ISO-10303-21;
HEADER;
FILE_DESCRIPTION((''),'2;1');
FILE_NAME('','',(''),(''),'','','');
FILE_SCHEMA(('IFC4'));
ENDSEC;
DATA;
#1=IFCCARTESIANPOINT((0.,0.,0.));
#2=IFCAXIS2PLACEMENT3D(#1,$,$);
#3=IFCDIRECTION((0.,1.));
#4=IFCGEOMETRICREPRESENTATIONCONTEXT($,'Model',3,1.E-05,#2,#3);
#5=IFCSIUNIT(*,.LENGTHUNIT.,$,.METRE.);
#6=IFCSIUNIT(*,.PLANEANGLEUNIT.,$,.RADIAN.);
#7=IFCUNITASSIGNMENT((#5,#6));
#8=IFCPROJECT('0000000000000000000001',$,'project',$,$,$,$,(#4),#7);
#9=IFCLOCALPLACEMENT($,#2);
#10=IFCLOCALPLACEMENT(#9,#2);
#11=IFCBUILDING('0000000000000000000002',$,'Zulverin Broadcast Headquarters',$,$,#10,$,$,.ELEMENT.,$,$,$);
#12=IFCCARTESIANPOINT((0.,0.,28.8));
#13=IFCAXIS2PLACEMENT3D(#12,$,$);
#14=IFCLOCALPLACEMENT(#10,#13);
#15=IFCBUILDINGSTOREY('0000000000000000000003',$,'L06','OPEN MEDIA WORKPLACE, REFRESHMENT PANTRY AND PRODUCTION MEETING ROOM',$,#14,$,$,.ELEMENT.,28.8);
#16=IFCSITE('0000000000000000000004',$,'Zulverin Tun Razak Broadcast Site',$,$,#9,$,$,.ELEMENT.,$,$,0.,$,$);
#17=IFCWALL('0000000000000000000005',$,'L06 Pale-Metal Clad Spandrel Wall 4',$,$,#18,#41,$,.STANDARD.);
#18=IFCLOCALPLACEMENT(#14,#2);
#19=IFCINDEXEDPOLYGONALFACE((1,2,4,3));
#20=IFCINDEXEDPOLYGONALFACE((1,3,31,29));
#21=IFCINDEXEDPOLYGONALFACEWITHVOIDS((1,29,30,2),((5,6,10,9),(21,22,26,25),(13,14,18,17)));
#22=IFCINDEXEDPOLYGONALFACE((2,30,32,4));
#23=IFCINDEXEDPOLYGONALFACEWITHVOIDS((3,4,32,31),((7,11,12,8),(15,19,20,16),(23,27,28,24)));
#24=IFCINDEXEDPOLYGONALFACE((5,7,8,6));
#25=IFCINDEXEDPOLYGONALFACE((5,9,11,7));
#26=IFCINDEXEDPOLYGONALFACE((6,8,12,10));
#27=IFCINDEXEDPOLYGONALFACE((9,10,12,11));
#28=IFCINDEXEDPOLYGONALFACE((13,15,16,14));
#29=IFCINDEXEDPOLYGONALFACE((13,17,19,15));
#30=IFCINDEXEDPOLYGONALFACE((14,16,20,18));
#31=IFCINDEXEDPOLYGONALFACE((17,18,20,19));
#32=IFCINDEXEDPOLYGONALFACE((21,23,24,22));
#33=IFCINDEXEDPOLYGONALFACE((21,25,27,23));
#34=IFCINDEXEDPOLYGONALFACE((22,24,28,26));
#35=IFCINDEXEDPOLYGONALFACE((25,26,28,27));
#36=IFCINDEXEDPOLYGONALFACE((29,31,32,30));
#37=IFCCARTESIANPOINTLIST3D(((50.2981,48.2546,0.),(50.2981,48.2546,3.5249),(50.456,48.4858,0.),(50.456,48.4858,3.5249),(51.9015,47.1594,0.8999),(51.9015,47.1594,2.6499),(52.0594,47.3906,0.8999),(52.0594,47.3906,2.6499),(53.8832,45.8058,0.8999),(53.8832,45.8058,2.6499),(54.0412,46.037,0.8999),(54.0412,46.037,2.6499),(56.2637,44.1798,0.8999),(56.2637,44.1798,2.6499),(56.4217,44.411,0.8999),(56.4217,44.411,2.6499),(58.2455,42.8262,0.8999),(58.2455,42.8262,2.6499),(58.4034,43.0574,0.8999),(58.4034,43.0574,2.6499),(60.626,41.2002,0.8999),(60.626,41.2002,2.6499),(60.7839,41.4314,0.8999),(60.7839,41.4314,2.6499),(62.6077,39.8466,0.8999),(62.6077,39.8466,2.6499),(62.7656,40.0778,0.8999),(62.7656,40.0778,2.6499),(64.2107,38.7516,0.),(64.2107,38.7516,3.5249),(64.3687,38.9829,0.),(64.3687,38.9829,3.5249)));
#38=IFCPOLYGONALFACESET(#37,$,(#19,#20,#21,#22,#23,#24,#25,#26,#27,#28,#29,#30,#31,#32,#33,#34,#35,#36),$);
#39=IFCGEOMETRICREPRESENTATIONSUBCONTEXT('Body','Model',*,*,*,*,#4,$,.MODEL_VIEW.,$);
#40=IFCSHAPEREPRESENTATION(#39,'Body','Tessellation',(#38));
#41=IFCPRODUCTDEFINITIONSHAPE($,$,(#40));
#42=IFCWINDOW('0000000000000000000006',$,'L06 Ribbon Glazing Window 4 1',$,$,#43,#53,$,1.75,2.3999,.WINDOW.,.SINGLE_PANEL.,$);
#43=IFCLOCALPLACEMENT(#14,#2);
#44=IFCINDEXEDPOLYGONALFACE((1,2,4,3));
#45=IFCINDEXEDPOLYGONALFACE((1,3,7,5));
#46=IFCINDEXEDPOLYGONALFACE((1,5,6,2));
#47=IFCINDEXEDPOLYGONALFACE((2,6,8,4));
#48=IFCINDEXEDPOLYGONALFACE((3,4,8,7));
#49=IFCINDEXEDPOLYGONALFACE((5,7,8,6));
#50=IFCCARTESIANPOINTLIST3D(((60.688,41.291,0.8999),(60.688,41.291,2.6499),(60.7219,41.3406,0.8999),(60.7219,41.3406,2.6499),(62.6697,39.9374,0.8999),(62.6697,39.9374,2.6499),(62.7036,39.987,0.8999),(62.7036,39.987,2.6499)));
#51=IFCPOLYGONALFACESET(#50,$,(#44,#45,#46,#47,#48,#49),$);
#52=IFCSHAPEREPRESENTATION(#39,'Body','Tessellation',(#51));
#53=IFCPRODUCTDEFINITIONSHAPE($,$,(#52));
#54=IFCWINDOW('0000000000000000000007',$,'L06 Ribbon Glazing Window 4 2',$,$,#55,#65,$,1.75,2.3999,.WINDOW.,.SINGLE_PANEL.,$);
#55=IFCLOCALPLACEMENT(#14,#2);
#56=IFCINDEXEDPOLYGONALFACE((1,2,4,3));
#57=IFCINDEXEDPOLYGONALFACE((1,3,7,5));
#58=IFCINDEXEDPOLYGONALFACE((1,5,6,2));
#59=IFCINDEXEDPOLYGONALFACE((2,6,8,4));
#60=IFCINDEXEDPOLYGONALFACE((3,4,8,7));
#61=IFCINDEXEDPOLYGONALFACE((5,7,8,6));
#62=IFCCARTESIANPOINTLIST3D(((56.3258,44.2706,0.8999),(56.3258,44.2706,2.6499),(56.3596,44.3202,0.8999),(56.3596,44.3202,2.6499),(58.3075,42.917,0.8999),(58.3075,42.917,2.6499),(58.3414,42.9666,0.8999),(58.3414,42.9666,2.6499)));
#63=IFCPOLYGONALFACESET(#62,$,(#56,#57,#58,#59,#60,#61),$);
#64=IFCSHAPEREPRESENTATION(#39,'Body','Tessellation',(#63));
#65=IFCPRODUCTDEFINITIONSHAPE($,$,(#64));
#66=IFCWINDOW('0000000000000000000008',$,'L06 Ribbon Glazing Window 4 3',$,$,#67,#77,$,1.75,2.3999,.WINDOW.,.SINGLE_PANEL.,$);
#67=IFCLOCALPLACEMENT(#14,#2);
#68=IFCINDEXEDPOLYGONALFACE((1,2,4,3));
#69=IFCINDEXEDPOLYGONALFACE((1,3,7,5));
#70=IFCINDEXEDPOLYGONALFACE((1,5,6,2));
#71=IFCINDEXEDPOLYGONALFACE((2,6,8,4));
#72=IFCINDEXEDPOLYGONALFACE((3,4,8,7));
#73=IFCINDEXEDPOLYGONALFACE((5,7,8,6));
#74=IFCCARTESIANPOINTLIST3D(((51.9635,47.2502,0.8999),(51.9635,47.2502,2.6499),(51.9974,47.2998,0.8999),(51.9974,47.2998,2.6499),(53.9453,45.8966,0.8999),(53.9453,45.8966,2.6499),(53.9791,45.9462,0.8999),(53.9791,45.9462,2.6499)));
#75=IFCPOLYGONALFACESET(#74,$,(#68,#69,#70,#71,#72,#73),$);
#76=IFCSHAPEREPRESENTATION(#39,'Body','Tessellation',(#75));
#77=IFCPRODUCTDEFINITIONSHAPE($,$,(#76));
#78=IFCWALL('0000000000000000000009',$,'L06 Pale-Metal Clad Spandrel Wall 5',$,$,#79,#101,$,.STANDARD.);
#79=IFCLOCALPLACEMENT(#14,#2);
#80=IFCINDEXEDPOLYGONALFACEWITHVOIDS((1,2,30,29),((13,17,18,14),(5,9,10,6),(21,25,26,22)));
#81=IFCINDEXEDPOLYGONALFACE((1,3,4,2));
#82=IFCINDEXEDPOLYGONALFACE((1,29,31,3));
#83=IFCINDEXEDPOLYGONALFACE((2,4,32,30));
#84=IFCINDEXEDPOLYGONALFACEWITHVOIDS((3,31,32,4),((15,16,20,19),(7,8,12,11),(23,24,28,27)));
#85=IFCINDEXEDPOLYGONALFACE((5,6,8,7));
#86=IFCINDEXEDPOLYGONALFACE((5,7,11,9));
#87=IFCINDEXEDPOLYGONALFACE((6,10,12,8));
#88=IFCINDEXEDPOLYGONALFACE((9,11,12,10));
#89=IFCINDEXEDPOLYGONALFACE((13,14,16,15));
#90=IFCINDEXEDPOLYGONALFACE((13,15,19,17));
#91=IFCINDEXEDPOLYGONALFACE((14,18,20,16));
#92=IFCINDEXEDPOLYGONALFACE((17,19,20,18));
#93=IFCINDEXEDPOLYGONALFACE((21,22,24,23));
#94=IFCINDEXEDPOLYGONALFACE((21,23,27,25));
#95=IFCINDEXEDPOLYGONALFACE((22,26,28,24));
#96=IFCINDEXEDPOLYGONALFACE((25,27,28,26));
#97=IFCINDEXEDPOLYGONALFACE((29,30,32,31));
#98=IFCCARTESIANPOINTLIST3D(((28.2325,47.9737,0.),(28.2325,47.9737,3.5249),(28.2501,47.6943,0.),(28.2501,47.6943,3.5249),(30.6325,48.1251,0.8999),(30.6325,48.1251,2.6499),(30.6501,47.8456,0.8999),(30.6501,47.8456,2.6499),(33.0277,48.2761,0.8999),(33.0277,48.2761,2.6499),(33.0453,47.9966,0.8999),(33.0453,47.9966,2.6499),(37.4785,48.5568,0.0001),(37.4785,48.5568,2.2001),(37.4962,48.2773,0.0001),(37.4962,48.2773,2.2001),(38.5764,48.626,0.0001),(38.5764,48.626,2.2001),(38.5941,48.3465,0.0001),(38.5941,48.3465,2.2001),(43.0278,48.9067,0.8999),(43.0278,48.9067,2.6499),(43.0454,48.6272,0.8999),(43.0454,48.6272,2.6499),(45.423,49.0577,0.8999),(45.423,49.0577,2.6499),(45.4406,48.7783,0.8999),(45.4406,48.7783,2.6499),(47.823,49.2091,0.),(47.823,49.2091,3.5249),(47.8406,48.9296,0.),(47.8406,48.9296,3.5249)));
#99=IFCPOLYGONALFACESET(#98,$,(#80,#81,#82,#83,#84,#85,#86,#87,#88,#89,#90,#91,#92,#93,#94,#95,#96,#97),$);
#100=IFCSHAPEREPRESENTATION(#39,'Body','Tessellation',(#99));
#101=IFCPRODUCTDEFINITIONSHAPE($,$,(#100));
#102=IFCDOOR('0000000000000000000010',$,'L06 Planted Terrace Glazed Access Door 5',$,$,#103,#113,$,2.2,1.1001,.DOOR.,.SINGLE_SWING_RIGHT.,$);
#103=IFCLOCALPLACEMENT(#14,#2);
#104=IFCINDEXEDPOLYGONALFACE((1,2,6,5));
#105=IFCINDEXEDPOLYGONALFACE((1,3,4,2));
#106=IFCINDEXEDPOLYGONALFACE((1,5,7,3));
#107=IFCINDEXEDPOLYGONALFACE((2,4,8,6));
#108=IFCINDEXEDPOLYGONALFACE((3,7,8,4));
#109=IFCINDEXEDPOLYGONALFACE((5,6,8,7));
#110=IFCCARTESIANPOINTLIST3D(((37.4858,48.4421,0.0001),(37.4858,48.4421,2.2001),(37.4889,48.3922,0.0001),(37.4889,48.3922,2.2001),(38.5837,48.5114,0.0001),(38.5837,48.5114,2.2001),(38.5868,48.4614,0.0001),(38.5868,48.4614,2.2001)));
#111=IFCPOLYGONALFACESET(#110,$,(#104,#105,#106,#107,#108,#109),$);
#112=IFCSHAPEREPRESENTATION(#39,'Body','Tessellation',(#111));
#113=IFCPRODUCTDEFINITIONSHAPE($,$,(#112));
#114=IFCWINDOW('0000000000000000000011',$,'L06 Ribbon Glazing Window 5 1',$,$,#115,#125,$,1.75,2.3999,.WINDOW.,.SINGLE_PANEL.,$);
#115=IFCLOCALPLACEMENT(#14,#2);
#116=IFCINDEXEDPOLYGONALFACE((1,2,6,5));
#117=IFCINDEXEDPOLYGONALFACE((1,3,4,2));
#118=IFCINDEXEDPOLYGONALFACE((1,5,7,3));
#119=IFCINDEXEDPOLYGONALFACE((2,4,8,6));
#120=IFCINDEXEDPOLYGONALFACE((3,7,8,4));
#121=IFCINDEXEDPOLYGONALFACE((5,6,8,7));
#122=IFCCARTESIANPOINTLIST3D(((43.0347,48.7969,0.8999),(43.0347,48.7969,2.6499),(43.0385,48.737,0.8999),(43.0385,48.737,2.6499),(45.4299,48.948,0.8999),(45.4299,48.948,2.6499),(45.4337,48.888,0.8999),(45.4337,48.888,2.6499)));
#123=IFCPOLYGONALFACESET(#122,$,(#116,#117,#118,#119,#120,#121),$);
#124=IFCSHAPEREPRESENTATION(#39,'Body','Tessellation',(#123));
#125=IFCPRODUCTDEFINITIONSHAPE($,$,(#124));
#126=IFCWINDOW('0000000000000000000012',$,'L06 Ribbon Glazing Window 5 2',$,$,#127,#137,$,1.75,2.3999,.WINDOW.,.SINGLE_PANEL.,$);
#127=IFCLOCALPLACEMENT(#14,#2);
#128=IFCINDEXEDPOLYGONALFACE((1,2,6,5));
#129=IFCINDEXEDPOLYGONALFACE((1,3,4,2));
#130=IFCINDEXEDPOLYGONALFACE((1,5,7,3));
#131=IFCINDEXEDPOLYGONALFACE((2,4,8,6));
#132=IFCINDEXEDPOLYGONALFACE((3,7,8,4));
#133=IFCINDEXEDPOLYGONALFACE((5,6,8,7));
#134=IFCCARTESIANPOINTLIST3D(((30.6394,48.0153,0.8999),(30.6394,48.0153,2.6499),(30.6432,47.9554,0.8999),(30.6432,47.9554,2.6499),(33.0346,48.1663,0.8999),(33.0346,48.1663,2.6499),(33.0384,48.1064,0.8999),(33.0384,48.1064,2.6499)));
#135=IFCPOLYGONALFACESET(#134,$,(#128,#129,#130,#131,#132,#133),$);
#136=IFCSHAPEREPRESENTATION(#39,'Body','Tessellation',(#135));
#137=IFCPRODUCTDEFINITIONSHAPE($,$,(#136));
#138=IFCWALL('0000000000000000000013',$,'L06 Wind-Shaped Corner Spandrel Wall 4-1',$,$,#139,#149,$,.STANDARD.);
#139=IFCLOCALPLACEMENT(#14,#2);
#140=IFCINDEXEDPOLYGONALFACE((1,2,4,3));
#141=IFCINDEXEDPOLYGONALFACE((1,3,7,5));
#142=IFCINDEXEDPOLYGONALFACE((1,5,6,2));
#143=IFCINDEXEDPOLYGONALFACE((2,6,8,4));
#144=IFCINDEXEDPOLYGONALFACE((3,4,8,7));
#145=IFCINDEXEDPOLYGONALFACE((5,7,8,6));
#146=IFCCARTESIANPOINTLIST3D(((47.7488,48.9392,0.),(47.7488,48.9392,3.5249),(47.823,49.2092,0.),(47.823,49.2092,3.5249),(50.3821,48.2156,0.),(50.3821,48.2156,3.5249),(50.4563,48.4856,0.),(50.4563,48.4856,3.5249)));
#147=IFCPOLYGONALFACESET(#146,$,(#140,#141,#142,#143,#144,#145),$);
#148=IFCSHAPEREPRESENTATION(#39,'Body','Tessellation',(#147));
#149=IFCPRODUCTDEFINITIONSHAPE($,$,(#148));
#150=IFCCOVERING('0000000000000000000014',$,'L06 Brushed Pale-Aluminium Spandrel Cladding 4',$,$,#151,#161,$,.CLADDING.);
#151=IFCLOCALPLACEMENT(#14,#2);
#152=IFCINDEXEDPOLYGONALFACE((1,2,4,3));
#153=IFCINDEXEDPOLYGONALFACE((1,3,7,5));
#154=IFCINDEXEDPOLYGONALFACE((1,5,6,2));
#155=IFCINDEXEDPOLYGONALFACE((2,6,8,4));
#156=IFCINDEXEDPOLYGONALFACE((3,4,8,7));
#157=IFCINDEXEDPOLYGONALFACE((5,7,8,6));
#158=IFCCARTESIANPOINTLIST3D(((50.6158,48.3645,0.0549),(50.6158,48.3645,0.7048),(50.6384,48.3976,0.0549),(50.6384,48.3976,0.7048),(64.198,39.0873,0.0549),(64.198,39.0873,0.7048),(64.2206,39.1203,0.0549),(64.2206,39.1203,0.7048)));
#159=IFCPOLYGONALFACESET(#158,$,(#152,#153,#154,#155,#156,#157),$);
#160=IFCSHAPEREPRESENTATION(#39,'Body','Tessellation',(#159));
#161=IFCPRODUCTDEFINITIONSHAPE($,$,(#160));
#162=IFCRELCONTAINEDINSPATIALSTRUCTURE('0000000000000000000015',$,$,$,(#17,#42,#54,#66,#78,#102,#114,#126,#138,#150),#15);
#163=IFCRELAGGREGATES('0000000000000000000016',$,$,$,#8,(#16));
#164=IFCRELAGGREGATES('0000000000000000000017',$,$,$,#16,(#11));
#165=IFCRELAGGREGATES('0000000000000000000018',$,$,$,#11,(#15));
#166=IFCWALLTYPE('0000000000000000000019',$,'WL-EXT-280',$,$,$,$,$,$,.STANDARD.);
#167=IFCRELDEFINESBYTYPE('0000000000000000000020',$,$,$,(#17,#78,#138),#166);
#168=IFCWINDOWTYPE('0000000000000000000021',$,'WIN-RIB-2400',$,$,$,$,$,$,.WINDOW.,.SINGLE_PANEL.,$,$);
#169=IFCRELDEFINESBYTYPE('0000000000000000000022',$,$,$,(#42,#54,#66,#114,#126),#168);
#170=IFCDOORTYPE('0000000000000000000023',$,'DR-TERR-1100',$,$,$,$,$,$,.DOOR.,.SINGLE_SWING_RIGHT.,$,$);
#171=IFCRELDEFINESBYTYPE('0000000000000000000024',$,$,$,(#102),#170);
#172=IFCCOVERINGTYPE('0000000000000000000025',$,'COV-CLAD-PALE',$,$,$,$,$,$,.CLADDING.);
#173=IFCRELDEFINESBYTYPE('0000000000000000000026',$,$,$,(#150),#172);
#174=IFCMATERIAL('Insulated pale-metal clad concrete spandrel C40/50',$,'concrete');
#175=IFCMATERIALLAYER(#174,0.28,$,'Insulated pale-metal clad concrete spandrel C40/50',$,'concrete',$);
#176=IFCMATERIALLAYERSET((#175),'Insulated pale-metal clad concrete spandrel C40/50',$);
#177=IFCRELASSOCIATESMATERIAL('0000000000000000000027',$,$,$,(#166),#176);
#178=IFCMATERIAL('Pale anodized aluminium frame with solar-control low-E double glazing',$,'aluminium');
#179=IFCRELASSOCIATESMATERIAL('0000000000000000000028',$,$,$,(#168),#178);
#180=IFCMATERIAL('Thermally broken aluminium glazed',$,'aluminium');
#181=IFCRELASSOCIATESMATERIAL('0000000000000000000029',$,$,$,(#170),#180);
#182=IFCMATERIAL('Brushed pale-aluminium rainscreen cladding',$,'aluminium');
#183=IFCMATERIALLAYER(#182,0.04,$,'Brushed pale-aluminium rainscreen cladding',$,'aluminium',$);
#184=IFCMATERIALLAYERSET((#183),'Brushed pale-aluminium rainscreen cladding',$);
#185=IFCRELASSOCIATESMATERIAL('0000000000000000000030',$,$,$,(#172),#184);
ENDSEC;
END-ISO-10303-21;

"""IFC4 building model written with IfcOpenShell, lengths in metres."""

from ifc_helpers import new_model, si_unit, direction, frame, frame_2d, origin, origin_2d, place, context, subcontext, project, spatial, rectangle, extrude, material, layer, layer_set, type_object, element, fill, save


model = new_model("IFC4")

# Units and contexts
model_context = context("Model", 3, precision=1e-05, world=origin(), true_north=direction((0.0, 1.0)))
body_context = subcontext(model_context, "Body", "Model", "MODEL_VIEW")
ifc_project = project(units=[si_unit("LENGTHUNIT", "METRE"), si_unit("PLANEANGLEUNIT", "RADIAN")], contexts=[model_context])

# Site, building, storey
site_placement = place(None, origin())
site = spatial("IfcSite", under=ifc_project, at=site_placement, Name="Zulverin Tun Razak Broadcast Site", CompositionType="ELEMENT", RefElevation=0.0)
building_placement = place(site_placement, origin())
building = spatial("IfcBuilding", under=site, at=building_placement, Name="Zulverin Broadcast Headquarters", CompositionType="ELEMENT")
storey_placement = place(building_placement, frame((0.0, 0.0, 28.8)))
storey = spatial("IfcBuildingStorey", under=building, at=storey_placement, Name="L06", Description="OPEN MEDIA WORKPLACE, REFRESHMENT PANTRY AND PRODUCTION MEETING ROOM", CompositionType="ELEMENT", Elevation=28.8)

# Wall, openings, windows
ifc_material_1 = material(Name="Insulated pale-metal clad concrete spandrel C40/50", Category="concrete")
ifc_layer_1 = layer(ifc_material_1, 0.28, Name="Insulated pale-metal clad concrete spandrel C40/50", Category="concrete")
ifc_layer_set_1 = layer_set([ifc_layer_1], Name="Insulated pale-metal clad concrete spandrel C40/50")
wall_type = type_object("IfcWallType", Name="WL-EXT-280", PredefinedType="STANDARD", material=ifc_layer_set_1)
wall_1_placement = place(storey_placement, frame((64.2898, 38.8672, 0.0), z_axis=(0.0, 0.0, 1.0), x_axis=(-0.825756, 0.564028, 0.0)))
wall_1 = element("IfcWall", 1, at=wall_1_placement, inside=storey, type_object=wall_type, Name="L06 Pale-Metal Clad Spandrel Wall 4", PredefinedType="STANDARD", context=body_context, shape_type="SweptSolid", body=[
    extrude(rectangle(XDim=16.8484, YDim=0.28, at=frame_2d((8.4243, 0.0))), origin(), (0.0, 0.0, 1.0), 3.5249),
])
opening_1_placement = place(wall_1_placement, frame((1.9414, 0.0, 0.8999)))
opening_1 = element("IfcOpeningElement", 2, at=opening_1_placement, cuts=wall_1, PredefinedType="OPENING", context=body_context, shape_type="SweptSolid", body=[
    extrude(rectangle(XDim=2.3999, YDim=1.75, at=frame_2d((1.2, 0.875))), frame((0.0, 0.1499, 0.0), z_axis=(0.0, -1.0, 0.0), x_axis=(1.0, 0.0, 0.0)), (0.0, 0.0, 1.0), 0.3),
])
opening_2_placement = place(wall_1_placement, frame((7.2241, 0.0, 0.8999)))
opening_2 = element("IfcOpeningElement", 3, at=opening_2_placement, cuts=wall_1, PredefinedType="OPENING", context=body_context, shape_type="SweptSolid", body=[
    extrude(rectangle(XDim=2.3999, YDim=1.75, at=frame_2d((1.2, 0.875))), frame((0.0, 0.1499, 0.0), z_axis=(0.0, -1.0, 0.0), x_axis=(1.0, 0.0, 0.0)), (0.0, 0.0, 1.0), 0.3),
])
opening_3_placement = place(wall_1_placement, frame((12.5068, 0.0, 0.8999)))
opening_3 = element("IfcOpeningElement", 4, at=opening_3_placement, cuts=wall_1, PredefinedType="OPENING", context=body_context, shape_type="SweptSolid", body=[
    extrude(rectangle(XDim=2.3999, YDim=1.75, at=frame_2d((1.2, 0.875))), frame((0.0, 0.1499, 0.0), z_axis=(0.0, -1.0, 0.0), x_axis=(1.0, 0.0, 0.0)), (0.0, 0.0, 1.0), 0.3),
])
ifc_material_2 = material(Name="Pale anodized aluminium frame with solar-control low-E double glazing", Category="aluminium")
window_type = type_object("IfcWindowType", Name="WIN-RIB-2400", PartitioningType="SINGLE_PANEL", PredefinedType="WINDOW", material=ifc_material_2)
window_1_placement = place(opening_1_placement, origin())
window_1 = element("IfcWindow", 5, at=window_1_placement, inside=storey, type_object=window_type, Name="L06 Ribbon Glazing Window 4 1", OverallHeight=1.75, OverallWidth=2.3999, PartitioningType="SINGLE_PANEL", PredefinedType="WINDOW", context=body_context, shape_type="SweptSolid", body=[
    extrude(rectangle(XDim=2.3999, YDim=1.75, at=frame_2d((1.2, 0.875))), frame((0.0, 0.03, 0.0), z_axis=(0.0, -1.0, 0.0), x_axis=(1.0, 0.0, 0.0)), (0.0, 0.0, 1.0), 0.0601),
])
fill(opening_1, window_1)
window_2_placement = place(opening_2_placement, origin())
window_2 = element("IfcWindow", 6, at=window_2_placement, inside=storey, type_object=window_type, Name="L06 Ribbon Glazing Window 4 2", OverallHeight=1.75, OverallWidth=2.3999, PartitioningType="SINGLE_PANEL", PredefinedType="WINDOW", context=body_context, shape_type="SweptSolid", body=[
    extrude(rectangle(XDim=2.3999, YDim=1.75, at=frame_2d((1.2, 0.875))), frame((0.0, 0.03, 0.0), z_axis=(0.0, -1.0, 0.0), x_axis=(1.0, 0.0, 0.0)), (0.0, 0.0, 1.0), 0.0601),
])
fill(opening_2, window_2)
window_3_placement = place(opening_3_placement, origin())
window_3 = element("IfcWindow", 7, at=window_3_placement, inside=storey, type_object=window_type, Name="L06 Ribbon Glazing Window 4 3", OverallHeight=1.75, OverallWidth=2.3999, PartitioningType="SINGLE_PANEL", PredefinedType="WINDOW", context=body_context, shape_type="SweptSolid", body=[
    extrude(rectangle(XDim=2.3999, YDim=1.75, at=frame_2d((1.2, 0.875))), frame((0.0, 0.03, 0.0), z_axis=(0.0, -1.0, 0.0), x_axis=(1.0, 0.0, 0.0)), (0.0, 0.0, 1.0), 0.0601),
])
fill(opening_3, window_3)

# Wall, openings, door, windows
wall_2_placement = place(storey_placement, frame((47.8318, 49.0693, 0.0), z_axis=(0.0, 0.0, 1.0), x_axis=(-0.998018, -0.062933, 0.0)))
wall_2 = element("IfcWall", 8, at=wall_2_placement, inside=storey, type_object=wall_type, Name="L06 Pale-Metal Clad Spandrel Wall 5", PredefinedType="STANDARD", context=body_context, shape_type="SweptSolid", body=[
    extrude(rectangle(XDim=19.6294, YDim=0.28, at=frame_2d((9.8147, 0.0))), origin(), (0.0, 0.0, 1.0), 3.5249),
])
opening_4_placement = place(wall_2_placement, frame((9.2649, 0.0, 0.0)))
opening_4 = element("IfcOpeningElement", 9, at=opening_4_placement, cuts=wall_2, PredefinedType="OPENING", context=body_context, shape_type="SweptSolid", body=[
    extrude(rectangle(XDim=1.1001, YDim=2.2, at=frame_2d((0.55, 1.1001))), frame((0.0, 0.1499, 0.0), z_axis=(0.0, -1.0, 0.0), x_axis=(1.0, 0.0, 0.0)), (0.0, 0.0, 1.0), 0.3),
])
opening_5_placement = place(wall_2_placement, frame((2.4048, 0.0, 0.8999)))
opening_5 = element("IfcOpeningElement", 10, at=opening_5_placement, cuts=wall_2, PredefinedType="OPENING", context=body_context, shape_type="SweptSolid", body=[
    extrude(rectangle(XDim=2.3999, YDim=1.75, at=frame_2d((1.2, 0.875))), frame((0.0, 0.1499, 0.0), z_axis=(0.0, -1.0, 0.0), x_axis=(1.0, 0.0, 0.0)), (0.0, 0.0, 1.0), 0.3),
])
opening_6_placement = place(wall_2_placement, frame((14.8247, 0.0, 0.8999)))
opening_6 = element("IfcOpeningElement", 11, at=opening_6_placement, cuts=wall_2, PredefinedType="OPENING", context=body_context, shape_type="SweptSolid", body=[
    extrude(rectangle(XDim=2.3999, YDim=1.75, at=frame_2d((1.2, 0.875))), frame((0.0, 0.1499, 0.0), z_axis=(0.0, -1.0, 0.0), x_axis=(1.0, 0.0, 0.0)), (0.0, 0.0, 1.0), 0.3),
])
ifc_material_3 = material(Name="Thermally broken aluminium glazed", Category="aluminium")
door_type = type_object("IfcDoorType", Name="DR-TERR-1100", OperationType="SINGLE_SWING_RIGHT", PredefinedType="DOOR", material=ifc_material_3)
door_placement = place(opening_4_placement, origin())
door = element("IfcDoor", 12, at=door_placement, inside=storey, type_object=door_type, Name="L06 Planted Terrace Glazed Access Door 5", OperationType="SINGLE_SWING_RIGHT", OverallHeight=2.2, OverallWidth=1.1001, PredefinedType="DOOR", context=body_context, shape_type="SweptSolid", body=[
    extrude(rectangle(XDim=1.1001, YDim=2.2, at=frame_2d((0.55, 1.1001))), frame((0.0, 0.0249, 0.0), z_axis=(0.0, -1.0, 0.0), x_axis=(1.0, 0.0, 0.0)), (0.0, 0.0, 1.0), 0.05),
])
fill(opening_4, door)
window_4_placement = place(opening_5_placement, origin())
window_4 = element("IfcWindow", 13, at=window_4_placement, inside=storey, type_object=window_type, Name="L06 Ribbon Glazing Window 5 1", OverallHeight=1.75, OverallWidth=2.3999, PartitioningType="SINGLE_PANEL", PredefinedType="WINDOW", context=body_context, shape_type="SweptSolid", body=[
    extrude(rectangle(XDim=2.3999, YDim=1.75, at=frame_2d((1.2, 0.875))), frame((0.0, 0.03, 0.0), z_axis=(0.0, -1.0, 0.0), x_axis=(1.0, 0.0, 0.0)), (0.0, 0.0, 1.0), 0.0601),
])
fill(opening_5, window_4)
window_5_placement = place(opening_6_placement, origin())
window_5 = element("IfcWindow", 14, at=window_5_placement, inside=storey, type_object=window_type, Name="L06 Ribbon Glazing Window 5 2", OverallHeight=1.75, OverallWidth=2.3999, PartitioningType="SINGLE_PANEL", PredefinedType="WINDOW", context=body_context, shape_type="SweptSolid", body=[
    extrude(rectangle(XDim=2.3999, YDim=1.75, at=frame_2d((1.2, 0.875))), frame((0.0, 0.03, 0.0), z_axis=(0.0, -1.0, 0.0), x_axis=(1.0, 0.0, 0.0)), (0.0, 0.0, 1.0), 0.0601),
])
fill(opening_6, window_5)

# Wall
wall_3_placement = place(storey_placement, frame((50.4192, 48.3506, 0.0), z_axis=(0.0, 0.0, 1.0), x_axis=(-0.964255, 0.264978, 0.0)))
element("IfcWall", 15, at=wall_3_placement, inside=storey, type_object=wall_type, Name="L06 Wind-Shaped Corner Spandrel Wall 4-1", PredefinedType="STANDARD", context=body_context, shape_type="SweptSolid", body=[
    extrude(rectangle(XDim=2.731, YDim=0.28, at=frame_2d((1.3655, 0.0))), origin(), (0.0, 0.0, 1.0), 3.5249),
])

# Covering
ifc_material_4 = material(Name="Brushed pale-aluminium rainscreen cladding", Category="aluminium")
ifc_layer_2 = layer(ifc_material_4, 0.04, Name="Brushed pale-aluminium rainscreen cladding", Category="aluminium")
ifc_layer_set_2 = layer_set([ifc_layer_2], Name="Brushed pale-aluminium rainscreen cladding")
covering_type = type_object("IfcCoveringType", Name="COV-CLAD-PALE", PredefinedType="CLADDING", material=ifc_layer_set_2)
covering_placement = place(storey_placement, frame((57.4182, 43.7424, 0.0549), z_axis=(0.0, 0.0, 1.0), x_axis=(-0.825757, 0.564026, 0.0)))
element("IfcCovering", 16, at=covering_placement, inside=storey, type_object=covering_type, Name="L06 Brushed Pale-Aluminium Spandrel Cladding 4", PredefinedType="CLADDING", context=body_context, shape_type="SweptSolid", body=[
    extrude(rectangle(XDim=16.4482, YDim=0.04, at=origin_2d()), origin(), (0.0, 0.0, 1.0), 0.6499),
])

save(model, "model.ifc")
